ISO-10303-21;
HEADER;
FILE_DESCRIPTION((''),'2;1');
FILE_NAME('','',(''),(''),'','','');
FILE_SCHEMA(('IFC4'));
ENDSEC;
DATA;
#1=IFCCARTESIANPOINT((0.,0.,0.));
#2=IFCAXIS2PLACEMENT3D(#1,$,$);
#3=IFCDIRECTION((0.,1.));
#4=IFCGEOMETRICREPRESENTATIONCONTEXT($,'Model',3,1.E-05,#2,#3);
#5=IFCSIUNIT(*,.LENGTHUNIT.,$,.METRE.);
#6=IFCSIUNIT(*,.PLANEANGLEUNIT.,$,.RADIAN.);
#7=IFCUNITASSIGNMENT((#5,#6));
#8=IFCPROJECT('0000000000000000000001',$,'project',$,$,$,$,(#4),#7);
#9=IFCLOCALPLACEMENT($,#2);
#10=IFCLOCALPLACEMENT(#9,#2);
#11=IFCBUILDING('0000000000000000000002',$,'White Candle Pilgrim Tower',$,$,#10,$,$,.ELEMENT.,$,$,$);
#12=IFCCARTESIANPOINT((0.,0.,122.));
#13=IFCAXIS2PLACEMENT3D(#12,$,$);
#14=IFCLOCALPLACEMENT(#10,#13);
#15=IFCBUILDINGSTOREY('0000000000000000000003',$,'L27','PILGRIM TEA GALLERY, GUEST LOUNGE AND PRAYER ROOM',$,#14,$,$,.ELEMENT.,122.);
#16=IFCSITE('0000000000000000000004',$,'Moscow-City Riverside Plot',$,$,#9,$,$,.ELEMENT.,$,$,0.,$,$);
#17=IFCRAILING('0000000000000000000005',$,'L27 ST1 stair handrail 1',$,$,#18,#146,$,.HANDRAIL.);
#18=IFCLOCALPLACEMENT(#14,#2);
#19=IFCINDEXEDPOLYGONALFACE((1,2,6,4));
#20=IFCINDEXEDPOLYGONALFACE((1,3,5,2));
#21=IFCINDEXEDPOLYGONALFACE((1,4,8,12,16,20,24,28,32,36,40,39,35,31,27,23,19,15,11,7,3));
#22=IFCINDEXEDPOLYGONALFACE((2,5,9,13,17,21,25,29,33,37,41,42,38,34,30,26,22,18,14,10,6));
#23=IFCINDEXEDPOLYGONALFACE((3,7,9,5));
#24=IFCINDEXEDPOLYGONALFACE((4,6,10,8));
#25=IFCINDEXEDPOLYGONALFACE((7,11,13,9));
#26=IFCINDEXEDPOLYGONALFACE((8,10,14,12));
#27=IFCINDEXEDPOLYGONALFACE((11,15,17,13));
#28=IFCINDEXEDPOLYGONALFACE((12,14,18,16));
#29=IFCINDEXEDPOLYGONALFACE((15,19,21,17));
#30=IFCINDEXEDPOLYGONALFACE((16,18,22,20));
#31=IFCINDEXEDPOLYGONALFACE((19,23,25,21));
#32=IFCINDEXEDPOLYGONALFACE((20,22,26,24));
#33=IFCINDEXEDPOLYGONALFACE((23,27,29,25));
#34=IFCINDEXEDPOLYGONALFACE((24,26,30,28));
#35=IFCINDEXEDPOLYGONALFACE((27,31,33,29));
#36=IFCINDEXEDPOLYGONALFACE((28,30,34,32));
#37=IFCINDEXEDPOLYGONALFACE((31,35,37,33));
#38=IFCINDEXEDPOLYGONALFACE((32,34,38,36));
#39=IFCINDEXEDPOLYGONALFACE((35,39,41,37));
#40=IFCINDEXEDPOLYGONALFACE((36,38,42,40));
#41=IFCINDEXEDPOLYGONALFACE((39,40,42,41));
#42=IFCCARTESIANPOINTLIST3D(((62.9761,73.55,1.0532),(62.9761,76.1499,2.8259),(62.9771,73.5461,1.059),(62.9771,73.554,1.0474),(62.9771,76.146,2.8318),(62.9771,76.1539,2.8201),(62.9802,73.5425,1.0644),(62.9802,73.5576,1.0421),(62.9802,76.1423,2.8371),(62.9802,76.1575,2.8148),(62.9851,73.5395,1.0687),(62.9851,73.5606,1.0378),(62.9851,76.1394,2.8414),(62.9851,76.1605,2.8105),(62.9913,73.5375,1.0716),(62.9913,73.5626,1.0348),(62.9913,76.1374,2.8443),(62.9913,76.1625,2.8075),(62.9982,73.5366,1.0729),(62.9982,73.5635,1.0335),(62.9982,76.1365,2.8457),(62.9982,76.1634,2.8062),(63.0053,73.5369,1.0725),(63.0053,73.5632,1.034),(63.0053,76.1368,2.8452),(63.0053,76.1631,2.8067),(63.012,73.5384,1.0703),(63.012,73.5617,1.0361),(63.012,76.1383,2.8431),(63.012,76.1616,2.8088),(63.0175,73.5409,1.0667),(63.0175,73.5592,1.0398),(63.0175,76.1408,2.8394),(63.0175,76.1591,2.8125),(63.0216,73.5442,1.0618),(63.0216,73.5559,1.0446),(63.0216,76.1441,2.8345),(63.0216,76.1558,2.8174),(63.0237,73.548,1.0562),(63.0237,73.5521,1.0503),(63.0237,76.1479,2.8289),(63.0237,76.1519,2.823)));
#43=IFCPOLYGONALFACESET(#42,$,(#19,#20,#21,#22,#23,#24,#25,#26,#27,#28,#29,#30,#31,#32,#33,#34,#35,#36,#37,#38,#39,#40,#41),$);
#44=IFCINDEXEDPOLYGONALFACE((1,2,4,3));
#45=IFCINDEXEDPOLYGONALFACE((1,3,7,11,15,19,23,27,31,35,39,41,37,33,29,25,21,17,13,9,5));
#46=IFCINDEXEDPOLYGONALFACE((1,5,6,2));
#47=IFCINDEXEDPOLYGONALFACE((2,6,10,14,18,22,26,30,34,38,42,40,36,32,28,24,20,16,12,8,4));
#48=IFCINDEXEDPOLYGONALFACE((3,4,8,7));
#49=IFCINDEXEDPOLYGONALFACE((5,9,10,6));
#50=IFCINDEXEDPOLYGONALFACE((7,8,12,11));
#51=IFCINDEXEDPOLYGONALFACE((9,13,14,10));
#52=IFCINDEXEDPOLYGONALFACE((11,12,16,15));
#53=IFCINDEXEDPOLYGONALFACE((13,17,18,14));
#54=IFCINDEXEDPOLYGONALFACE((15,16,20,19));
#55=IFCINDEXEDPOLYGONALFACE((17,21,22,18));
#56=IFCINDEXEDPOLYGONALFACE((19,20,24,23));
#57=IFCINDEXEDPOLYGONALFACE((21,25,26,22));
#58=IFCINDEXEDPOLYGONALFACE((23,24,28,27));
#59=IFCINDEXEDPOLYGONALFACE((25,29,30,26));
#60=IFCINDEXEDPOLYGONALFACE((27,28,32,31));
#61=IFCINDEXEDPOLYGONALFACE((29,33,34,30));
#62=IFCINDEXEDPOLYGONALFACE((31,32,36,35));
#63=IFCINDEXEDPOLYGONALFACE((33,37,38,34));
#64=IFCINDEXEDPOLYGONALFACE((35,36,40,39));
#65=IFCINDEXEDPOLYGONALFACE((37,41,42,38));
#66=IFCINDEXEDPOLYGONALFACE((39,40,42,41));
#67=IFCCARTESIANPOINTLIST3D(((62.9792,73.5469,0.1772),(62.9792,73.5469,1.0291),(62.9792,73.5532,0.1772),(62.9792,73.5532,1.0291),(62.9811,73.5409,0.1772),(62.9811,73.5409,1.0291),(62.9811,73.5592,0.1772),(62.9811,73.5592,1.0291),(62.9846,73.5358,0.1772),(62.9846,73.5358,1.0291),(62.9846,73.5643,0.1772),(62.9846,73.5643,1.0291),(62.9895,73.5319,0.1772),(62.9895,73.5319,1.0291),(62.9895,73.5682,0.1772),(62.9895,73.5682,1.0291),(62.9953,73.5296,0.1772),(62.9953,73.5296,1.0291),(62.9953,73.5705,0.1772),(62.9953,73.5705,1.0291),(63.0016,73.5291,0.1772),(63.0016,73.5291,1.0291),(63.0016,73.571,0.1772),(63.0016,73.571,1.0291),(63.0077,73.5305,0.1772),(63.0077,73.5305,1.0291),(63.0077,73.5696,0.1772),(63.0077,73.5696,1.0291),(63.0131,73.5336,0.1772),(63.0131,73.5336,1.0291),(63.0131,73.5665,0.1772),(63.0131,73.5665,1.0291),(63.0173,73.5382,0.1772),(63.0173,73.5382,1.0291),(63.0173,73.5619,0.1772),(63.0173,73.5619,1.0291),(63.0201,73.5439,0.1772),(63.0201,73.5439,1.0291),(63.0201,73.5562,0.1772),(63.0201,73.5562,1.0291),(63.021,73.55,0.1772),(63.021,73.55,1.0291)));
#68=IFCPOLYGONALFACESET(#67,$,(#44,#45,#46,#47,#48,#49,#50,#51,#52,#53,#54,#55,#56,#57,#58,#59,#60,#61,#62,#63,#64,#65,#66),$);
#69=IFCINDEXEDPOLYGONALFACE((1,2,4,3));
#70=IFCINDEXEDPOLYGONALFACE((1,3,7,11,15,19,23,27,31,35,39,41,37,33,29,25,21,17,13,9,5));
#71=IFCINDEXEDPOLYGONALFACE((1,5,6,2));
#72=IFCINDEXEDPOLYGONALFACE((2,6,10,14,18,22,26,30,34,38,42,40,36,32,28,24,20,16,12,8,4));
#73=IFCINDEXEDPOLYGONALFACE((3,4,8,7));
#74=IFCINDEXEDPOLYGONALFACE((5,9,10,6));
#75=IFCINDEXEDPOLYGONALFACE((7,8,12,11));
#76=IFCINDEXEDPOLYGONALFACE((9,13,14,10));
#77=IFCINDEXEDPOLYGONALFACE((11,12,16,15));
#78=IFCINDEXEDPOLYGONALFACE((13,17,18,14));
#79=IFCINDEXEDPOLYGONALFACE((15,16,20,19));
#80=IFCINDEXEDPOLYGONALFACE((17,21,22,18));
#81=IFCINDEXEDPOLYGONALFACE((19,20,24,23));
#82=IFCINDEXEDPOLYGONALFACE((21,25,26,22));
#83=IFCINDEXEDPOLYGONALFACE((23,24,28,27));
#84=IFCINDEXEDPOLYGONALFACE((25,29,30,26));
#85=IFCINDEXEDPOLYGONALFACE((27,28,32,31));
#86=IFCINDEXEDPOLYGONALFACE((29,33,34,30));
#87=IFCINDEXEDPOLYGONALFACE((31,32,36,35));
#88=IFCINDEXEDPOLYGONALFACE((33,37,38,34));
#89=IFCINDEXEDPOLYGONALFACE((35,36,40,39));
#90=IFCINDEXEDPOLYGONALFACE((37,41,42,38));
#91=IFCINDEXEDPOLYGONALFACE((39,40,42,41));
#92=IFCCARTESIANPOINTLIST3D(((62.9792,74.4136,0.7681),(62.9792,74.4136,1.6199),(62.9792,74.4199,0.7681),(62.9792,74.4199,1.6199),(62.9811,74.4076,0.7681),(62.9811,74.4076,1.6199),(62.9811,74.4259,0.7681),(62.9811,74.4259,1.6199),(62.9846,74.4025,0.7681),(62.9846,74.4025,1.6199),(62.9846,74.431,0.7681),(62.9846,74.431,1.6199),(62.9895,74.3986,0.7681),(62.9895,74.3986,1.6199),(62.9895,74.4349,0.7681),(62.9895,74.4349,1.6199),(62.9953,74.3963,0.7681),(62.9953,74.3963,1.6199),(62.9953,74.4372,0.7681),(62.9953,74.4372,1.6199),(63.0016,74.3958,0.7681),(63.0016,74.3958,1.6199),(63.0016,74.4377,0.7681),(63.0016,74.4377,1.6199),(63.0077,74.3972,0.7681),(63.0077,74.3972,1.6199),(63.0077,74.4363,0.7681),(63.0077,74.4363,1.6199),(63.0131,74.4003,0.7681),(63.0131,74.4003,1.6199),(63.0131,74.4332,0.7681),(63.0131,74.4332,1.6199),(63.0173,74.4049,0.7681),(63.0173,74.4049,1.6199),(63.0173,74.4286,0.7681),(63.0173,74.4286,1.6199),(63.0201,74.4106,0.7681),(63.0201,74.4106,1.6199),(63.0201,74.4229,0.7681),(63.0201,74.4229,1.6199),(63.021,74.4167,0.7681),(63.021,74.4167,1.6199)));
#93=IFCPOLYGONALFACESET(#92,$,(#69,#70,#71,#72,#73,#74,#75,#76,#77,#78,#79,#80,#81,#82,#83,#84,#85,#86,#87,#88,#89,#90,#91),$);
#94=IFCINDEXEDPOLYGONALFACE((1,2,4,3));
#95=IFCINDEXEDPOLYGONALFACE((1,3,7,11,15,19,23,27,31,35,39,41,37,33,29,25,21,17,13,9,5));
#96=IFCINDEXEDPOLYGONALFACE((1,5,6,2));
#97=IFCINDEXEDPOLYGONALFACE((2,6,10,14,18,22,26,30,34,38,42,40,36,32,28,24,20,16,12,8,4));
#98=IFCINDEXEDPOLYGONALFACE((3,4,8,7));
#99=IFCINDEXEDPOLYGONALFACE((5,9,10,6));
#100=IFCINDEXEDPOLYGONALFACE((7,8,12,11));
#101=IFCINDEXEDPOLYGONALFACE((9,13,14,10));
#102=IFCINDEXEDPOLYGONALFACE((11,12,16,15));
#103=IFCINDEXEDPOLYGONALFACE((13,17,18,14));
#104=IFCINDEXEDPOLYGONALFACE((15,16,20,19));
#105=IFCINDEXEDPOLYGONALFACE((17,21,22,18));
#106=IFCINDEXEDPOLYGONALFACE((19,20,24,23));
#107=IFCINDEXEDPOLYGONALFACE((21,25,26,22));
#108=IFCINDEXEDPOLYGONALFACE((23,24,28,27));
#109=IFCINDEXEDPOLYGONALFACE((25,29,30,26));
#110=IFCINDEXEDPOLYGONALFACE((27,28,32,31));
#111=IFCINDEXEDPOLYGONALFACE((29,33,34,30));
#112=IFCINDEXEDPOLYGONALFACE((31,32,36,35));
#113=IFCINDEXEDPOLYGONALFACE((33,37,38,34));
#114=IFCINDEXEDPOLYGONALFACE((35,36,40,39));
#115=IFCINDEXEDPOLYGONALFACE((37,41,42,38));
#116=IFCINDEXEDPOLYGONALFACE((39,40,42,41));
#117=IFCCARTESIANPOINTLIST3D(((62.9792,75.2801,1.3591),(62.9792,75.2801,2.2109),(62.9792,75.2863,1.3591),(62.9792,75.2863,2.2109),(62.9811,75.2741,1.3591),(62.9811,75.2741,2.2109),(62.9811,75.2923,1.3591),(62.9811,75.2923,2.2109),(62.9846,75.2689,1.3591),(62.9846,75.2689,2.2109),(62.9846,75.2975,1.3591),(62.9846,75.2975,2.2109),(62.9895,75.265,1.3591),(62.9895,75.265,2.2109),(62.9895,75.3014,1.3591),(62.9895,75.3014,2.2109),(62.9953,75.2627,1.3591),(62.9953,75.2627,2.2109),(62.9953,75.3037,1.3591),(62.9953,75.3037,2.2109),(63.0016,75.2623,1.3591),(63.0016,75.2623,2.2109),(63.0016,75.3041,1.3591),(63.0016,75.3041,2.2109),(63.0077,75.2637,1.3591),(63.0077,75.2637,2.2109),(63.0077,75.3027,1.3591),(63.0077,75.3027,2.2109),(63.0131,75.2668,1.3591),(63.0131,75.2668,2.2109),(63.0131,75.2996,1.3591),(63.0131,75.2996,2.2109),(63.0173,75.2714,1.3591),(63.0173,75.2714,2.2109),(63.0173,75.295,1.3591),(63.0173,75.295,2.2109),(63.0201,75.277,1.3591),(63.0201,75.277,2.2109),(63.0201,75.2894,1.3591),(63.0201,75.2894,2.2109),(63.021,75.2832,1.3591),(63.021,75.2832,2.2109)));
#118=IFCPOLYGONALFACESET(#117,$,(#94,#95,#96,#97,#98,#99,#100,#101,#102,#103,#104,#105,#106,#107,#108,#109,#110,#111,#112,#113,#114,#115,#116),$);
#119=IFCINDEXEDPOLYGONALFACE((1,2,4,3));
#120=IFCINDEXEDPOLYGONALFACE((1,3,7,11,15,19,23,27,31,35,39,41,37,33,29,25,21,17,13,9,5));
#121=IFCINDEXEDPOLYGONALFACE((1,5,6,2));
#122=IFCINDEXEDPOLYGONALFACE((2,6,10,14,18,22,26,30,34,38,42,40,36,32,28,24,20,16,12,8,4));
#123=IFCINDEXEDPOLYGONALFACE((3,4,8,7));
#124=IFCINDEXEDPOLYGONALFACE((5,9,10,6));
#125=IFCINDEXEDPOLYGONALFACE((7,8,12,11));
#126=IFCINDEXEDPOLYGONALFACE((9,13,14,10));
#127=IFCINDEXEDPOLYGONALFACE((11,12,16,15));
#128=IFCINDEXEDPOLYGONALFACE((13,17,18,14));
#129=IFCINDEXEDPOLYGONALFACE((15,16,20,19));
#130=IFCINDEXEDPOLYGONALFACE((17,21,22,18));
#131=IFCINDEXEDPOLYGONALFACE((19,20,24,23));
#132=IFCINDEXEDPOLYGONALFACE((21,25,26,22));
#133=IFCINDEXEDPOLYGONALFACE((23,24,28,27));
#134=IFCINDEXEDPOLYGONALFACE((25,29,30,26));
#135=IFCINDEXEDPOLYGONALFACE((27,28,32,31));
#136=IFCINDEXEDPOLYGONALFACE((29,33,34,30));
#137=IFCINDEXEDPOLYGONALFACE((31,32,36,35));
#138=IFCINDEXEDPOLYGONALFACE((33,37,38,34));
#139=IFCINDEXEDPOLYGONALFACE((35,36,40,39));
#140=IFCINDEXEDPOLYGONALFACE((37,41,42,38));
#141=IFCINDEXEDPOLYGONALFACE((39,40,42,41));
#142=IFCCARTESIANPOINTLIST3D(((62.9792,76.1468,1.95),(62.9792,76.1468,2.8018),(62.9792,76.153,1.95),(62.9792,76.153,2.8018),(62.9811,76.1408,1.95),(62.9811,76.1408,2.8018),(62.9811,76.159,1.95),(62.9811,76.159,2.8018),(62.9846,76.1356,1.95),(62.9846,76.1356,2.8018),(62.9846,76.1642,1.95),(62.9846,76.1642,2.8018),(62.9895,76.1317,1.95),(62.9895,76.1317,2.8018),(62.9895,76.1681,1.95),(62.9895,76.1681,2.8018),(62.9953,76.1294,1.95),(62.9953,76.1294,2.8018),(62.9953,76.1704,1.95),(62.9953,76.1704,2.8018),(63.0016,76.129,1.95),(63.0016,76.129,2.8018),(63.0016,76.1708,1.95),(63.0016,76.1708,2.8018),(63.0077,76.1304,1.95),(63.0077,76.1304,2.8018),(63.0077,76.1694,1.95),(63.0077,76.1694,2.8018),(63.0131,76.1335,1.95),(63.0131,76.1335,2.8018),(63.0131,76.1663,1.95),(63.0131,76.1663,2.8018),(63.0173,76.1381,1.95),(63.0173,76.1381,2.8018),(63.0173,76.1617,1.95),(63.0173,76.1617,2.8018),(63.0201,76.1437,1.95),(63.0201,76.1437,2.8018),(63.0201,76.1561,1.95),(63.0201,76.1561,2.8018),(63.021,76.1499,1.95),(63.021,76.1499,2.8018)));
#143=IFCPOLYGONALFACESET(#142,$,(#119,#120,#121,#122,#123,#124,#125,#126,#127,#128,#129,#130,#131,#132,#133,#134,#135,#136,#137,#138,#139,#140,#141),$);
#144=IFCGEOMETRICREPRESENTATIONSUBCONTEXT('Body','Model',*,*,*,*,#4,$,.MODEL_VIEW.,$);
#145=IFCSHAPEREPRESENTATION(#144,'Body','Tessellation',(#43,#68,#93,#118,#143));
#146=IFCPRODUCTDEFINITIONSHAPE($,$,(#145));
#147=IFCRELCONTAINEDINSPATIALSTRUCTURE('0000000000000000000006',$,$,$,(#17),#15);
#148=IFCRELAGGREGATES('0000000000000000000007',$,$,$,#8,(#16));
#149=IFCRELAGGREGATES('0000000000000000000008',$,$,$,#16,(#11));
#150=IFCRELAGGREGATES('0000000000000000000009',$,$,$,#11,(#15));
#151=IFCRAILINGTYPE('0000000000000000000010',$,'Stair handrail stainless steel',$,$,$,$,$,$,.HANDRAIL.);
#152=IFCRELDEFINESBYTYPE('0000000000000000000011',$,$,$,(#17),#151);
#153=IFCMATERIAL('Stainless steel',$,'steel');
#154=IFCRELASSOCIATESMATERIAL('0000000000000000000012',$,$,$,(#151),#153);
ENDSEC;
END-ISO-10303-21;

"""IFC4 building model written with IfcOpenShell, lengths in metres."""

from ifc_helpers import new_model, si_unit, direction, frame, origin, origin_2d, place, context, subcontext, project, spatial, circle, extrude, material, type_object, element, save


model = new_model("IFC4")

# Units and contexts
model_context = context("Model", 3, precision=1e-05, world=origin(), true_north=direction((0.0, 1.0)))
body_context = subcontext(model_context, "Body", "Model", "MODEL_VIEW")
ifc_project = project(units=[si_unit("LENGTHUNIT", "METRE"), si_unit("PLANEANGLEUNIT", "RADIAN")], contexts=[model_context])

# Site, building, storey
site_placement = place(None, origin())
site = spatial("IfcSite", under=ifc_project, at=site_placement, Name="Moscow-City Riverside Plot", CompositionType="ELEMENT", RefElevation=0.0)
building_placement = place(site_placement, origin())
building = spatial("IfcBuilding", under=site, at=building_placement, Name="White Candle Pilgrim Tower", CompositionType="ELEMENT")
storey_placement = place(building_placement, frame((0.0, 0.0, 122.0)))
storey = spatial("IfcBuildingStorey", under=building, at=storey_placement, Name="L27", Description="PILGRIM TEA GALLERY, GUEST LOUNGE AND PRAYER ROOM", CompositionType="ELEMENT", Elevation=122.0)

# Shared definitions
ifc_material_1 = material(Name="Stainless steel", Category="steel")

# Railing
railing_type_1 = type_object("IfcRailingType", Name="Stair handrail stainless steel", PredefinedType="HANDRAIL", material=ifc_material_1)
railing_1_placement = place(storey_placement, frame((63.0, 73.55, 0.1772)))
element("IfcRailing", 1, at=railing_1_placement, inside=storey, type_object=railing_type_1, Name="L27 ST1 stair handrail 1", PredefinedType="HANDRAIL", context=body_context, shape_type="SweptSolid", body=[
    extrude(circle(Radius=0.0239, at=origin_2d()), frame((0.0, 0.0, 0.876), z_axis=(0.0, 0.826216, 0.563354), x_axis=(-1.0, 0.0, 0.0)), (0.0, 0.0, 1.0), 3.1467),
    extrude(circle(Radius=0.021, at=origin_2d()), origin(), (0.0, 0.0, 1.0), 0.8518),
    extrude(circle(Radius=0.021, at=origin_2d()), frame((0.0, 0.8667, 0.5908)), (0.0, 0.0, 1.0), 0.8518),
    extrude(circle(Radius=0.021, at=origin_2d()), frame((0.0, 1.7332, 1.1819)), (0.0, 0.0, 1.0), 0.8518),
    extrude(circle(Radius=0.021, at=origin_2d()), frame((0.0, 2.5999, 1.7727)), (0.0, 0.0, 1.0), 0.8518),
])

save(model, "model.ifc")
